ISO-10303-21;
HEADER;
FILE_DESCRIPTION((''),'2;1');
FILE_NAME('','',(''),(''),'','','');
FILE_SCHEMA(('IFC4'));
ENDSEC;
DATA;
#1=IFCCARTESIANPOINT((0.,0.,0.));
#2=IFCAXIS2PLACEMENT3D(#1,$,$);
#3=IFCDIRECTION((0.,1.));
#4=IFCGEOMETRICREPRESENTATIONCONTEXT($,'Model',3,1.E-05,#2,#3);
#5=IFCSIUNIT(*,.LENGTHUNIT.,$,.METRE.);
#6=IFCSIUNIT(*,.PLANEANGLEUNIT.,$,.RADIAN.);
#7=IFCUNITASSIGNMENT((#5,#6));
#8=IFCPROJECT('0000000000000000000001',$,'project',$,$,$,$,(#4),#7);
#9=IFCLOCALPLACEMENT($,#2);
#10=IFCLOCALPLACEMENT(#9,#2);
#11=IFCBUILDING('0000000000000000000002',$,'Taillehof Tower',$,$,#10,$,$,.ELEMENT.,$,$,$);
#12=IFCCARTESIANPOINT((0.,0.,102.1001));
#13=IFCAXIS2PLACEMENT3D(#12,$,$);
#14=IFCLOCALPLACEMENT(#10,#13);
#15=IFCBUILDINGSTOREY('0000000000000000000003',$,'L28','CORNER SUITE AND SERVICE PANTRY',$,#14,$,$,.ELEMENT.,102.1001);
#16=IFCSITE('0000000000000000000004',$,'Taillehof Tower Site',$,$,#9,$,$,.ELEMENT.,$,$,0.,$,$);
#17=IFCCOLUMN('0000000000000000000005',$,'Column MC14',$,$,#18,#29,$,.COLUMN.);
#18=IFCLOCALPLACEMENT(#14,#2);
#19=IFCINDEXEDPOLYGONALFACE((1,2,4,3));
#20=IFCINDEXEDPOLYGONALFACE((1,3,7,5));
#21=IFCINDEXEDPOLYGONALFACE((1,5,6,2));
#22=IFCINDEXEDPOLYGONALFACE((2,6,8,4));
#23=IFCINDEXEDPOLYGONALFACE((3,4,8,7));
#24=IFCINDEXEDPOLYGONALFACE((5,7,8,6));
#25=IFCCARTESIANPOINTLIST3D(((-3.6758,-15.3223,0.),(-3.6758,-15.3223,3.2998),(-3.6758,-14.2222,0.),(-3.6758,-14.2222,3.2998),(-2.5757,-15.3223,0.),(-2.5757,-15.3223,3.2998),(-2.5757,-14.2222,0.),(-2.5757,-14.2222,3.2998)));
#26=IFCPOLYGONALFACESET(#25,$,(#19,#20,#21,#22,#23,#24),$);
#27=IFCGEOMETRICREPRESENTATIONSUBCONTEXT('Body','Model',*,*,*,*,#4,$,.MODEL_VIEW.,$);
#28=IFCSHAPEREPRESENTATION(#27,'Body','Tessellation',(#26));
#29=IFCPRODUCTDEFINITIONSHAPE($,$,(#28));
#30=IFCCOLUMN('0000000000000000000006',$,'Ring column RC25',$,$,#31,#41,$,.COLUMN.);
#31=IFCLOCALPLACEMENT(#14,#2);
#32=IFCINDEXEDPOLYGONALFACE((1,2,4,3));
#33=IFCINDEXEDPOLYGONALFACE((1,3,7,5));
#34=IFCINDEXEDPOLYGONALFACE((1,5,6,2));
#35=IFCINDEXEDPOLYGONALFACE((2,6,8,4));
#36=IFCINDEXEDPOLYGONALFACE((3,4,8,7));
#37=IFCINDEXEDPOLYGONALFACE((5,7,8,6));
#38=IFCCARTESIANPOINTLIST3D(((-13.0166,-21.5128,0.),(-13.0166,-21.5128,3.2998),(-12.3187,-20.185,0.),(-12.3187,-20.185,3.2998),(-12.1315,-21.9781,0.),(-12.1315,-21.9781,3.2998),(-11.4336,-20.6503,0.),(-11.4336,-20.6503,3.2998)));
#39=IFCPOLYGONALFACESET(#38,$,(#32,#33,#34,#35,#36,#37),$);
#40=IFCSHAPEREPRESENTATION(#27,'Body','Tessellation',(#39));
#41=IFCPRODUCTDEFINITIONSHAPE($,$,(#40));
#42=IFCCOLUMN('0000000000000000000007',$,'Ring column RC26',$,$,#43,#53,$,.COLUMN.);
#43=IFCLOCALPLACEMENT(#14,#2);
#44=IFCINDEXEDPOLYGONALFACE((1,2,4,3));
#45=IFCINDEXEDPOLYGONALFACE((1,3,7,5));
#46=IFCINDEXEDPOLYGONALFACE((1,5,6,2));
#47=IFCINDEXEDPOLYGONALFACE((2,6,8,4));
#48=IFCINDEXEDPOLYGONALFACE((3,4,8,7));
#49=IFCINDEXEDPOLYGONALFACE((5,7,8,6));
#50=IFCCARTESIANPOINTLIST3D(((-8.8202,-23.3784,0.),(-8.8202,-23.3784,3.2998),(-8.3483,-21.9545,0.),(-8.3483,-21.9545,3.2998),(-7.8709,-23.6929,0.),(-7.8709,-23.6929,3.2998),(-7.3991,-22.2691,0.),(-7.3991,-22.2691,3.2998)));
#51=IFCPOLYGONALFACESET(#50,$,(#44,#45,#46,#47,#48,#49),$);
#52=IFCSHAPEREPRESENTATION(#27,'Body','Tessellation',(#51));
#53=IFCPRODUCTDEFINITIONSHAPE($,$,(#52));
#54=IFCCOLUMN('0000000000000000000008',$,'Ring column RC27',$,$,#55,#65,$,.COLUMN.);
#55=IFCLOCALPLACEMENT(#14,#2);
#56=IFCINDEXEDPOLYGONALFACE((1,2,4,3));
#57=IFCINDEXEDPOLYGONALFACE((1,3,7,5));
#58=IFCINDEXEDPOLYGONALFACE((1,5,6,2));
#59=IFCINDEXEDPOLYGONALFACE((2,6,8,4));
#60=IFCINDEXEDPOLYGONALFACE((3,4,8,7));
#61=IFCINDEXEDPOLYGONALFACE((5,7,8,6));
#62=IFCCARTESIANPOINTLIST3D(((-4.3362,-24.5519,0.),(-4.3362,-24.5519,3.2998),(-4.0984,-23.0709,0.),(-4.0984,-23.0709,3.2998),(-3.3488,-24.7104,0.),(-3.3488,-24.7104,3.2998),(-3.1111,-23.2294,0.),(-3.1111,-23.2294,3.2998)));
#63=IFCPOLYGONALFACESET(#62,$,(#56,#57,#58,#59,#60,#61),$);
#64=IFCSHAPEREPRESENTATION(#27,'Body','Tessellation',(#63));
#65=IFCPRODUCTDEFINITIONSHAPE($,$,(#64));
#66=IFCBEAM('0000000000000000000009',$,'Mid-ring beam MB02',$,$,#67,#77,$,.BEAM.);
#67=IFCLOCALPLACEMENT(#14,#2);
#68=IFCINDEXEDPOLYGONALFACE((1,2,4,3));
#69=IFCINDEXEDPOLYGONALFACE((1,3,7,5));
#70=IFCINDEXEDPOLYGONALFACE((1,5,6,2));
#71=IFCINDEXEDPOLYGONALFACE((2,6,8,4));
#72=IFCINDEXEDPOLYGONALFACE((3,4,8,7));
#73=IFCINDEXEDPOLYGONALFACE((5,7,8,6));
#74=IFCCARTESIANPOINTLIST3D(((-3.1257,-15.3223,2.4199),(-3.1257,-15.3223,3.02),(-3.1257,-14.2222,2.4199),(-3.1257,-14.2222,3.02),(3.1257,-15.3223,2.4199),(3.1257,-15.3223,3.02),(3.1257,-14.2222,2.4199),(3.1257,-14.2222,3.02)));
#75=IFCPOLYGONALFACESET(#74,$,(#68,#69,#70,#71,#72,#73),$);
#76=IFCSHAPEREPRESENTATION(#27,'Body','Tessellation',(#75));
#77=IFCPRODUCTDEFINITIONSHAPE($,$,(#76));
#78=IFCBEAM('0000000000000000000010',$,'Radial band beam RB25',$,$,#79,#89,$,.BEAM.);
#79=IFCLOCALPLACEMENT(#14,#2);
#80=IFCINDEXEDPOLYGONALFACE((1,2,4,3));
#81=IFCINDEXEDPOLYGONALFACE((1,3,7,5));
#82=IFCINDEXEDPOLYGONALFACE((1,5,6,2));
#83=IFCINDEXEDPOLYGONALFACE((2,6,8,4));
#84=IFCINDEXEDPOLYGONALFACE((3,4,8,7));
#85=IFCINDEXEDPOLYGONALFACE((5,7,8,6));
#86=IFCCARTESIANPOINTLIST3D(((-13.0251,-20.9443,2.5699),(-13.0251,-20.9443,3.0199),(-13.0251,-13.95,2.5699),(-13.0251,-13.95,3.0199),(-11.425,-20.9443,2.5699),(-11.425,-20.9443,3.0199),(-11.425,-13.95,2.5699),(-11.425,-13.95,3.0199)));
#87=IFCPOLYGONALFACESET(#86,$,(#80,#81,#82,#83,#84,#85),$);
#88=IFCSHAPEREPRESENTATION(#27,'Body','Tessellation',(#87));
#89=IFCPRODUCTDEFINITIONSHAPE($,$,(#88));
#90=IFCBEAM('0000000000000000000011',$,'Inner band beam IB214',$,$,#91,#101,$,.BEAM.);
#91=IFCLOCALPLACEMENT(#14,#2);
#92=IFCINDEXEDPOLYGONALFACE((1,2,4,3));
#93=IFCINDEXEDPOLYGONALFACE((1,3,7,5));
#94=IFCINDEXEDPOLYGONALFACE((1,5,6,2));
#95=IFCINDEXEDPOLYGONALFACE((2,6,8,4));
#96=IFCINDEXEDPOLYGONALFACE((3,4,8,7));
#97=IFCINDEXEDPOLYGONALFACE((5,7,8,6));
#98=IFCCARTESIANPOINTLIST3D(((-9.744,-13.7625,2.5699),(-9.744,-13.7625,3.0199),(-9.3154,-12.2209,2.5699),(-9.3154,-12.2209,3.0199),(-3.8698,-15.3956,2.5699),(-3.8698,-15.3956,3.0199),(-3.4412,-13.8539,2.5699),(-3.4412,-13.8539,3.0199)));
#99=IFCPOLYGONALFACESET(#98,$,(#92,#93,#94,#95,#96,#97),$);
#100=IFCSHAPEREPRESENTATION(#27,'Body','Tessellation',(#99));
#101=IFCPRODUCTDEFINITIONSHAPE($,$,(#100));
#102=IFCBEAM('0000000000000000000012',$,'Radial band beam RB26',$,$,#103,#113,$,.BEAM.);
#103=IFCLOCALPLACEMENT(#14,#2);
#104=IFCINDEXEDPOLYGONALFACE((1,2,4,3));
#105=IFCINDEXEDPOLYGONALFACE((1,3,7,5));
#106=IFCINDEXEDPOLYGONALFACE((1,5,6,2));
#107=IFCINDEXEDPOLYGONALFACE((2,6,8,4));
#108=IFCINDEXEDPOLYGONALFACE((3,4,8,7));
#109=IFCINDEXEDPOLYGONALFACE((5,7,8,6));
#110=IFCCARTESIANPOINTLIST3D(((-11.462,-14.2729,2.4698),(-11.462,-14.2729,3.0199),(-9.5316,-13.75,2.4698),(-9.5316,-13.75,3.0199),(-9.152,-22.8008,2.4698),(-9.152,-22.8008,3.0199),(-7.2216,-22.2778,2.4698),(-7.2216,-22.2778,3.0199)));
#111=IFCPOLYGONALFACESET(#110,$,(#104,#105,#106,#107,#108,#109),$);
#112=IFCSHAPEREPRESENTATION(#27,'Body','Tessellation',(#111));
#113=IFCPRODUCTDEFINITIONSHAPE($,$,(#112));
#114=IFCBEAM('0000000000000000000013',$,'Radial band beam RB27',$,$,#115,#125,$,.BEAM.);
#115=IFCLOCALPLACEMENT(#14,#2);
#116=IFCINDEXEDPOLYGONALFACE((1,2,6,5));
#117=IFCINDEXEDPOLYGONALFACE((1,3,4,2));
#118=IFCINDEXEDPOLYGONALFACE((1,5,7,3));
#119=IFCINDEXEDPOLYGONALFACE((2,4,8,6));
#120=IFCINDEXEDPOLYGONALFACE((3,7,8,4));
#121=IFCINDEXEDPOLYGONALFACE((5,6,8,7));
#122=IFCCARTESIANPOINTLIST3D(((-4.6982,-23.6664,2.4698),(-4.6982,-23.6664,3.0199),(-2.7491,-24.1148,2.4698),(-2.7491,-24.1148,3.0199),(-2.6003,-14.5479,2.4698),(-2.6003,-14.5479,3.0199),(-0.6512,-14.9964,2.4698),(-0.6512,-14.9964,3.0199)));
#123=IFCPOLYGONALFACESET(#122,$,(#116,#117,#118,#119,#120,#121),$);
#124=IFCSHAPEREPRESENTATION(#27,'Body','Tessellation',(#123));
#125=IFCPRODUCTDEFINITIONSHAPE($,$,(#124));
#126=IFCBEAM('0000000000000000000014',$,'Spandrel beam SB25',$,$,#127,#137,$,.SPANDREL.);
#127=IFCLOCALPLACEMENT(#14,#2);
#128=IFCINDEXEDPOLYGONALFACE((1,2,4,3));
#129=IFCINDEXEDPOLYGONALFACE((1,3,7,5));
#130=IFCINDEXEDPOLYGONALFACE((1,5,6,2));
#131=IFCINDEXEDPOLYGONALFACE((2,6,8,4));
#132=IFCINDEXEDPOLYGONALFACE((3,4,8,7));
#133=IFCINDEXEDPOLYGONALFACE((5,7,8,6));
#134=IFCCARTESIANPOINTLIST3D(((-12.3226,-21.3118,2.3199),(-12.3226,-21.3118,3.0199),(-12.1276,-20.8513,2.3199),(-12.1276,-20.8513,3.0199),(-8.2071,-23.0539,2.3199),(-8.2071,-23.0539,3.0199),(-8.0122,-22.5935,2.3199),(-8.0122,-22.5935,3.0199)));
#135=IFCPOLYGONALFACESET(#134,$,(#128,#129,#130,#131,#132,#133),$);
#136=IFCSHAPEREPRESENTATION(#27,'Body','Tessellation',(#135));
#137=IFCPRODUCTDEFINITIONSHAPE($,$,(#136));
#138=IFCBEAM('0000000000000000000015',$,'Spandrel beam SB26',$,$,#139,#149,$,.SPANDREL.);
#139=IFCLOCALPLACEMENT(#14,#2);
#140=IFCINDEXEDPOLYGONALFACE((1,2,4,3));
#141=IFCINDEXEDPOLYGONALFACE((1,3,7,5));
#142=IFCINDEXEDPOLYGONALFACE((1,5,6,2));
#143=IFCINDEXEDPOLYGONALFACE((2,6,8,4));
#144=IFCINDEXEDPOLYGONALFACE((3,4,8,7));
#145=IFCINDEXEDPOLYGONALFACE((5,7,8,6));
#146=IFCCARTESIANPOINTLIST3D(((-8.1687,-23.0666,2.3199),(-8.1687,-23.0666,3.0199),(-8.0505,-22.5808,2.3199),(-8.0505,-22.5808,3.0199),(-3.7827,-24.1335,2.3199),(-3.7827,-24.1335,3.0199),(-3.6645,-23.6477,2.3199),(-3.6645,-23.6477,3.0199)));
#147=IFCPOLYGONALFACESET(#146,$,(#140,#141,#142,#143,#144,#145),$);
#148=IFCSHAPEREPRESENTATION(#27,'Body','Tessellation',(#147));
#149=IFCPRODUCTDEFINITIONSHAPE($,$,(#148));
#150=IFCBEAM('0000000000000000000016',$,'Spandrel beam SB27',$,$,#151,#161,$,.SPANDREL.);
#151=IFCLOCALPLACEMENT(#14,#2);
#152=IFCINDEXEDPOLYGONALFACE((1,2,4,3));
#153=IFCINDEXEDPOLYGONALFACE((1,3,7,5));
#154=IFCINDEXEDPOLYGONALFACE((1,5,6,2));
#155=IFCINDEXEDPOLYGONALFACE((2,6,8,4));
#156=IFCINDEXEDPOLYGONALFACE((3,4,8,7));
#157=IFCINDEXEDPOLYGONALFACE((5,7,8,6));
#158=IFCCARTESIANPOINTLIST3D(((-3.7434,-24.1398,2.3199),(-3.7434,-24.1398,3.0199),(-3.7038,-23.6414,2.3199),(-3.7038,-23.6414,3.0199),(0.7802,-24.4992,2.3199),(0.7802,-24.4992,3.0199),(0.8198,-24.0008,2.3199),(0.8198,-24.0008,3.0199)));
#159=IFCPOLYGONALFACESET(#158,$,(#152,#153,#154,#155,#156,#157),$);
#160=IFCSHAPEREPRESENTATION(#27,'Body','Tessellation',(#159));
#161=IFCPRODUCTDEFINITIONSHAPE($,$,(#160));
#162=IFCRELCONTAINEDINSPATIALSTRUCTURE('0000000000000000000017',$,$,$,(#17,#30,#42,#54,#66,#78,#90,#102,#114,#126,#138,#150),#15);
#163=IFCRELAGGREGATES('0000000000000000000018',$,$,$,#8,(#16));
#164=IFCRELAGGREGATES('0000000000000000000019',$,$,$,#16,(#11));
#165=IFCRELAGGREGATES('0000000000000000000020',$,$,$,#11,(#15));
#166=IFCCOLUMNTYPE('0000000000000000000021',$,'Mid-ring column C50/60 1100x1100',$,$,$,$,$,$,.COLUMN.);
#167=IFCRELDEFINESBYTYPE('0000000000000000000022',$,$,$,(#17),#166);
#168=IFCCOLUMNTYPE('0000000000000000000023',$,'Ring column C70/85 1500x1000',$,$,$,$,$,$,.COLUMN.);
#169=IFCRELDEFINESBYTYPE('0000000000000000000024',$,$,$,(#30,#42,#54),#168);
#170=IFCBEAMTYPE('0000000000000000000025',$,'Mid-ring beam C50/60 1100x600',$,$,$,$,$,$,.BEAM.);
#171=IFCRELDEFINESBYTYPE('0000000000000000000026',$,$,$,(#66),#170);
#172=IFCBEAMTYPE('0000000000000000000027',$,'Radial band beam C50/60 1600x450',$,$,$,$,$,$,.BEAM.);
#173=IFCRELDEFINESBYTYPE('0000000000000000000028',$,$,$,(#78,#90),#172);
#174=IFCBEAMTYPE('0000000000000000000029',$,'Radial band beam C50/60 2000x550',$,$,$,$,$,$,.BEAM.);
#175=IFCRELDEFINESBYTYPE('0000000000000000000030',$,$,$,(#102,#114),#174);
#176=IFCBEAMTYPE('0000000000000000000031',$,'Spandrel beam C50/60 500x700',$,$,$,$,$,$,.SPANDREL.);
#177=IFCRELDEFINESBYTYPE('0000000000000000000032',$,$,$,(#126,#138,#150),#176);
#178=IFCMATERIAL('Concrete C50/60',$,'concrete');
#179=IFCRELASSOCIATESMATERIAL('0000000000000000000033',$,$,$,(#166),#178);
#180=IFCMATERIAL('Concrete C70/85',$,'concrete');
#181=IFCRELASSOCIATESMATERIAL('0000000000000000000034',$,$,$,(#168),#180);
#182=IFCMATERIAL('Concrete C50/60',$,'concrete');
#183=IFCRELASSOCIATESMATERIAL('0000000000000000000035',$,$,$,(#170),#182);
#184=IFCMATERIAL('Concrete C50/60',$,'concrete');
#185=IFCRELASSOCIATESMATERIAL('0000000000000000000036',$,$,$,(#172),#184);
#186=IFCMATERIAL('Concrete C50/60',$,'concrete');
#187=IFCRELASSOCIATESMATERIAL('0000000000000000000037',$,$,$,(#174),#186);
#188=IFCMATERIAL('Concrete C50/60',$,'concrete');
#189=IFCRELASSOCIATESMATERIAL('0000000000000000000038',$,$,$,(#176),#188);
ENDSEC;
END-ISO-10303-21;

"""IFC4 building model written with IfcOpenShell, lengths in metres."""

from ifc_helpers import new_model, si_unit, direction, frame, origin, origin_2d, place, context, subcontext, project, spatial, rectangle, extrude, material, material_profile, profile_set, type_object, element, save


model = new_model("IFC4")

# Units and contexts
model_context = context("Model", 3, precision=1e-05, world=origin(), true_north=direction((0.0, 1.0)))
body_context = subcontext(model_context, "Body", "Model", "MODEL_VIEW")
ifc_project = project(units=[si_unit("LENGTHUNIT", "METRE"), si_unit("PLANEANGLEUNIT", "RADIAN")], contexts=[model_context])

# Site, building, storey
site_placement = place(None, origin())
site = spatial("IfcSite", under=ifc_project, at=site_placement, Name="Taillehof Tower Site", CompositionType="ELEMENT", RefElevation=0.0)
building_placement = place(site_placement, origin())
building = spatial("IfcBuilding", under=site, at=building_placement, Name="Taillehof Tower", CompositionType="ELEMENT")
storey_placement = place(building_placement, frame((0.0, 0.0, 102.1001)))
storey = spatial("IfcBuildingStorey", under=building, at=storey_placement, Name="L28", Description="CORNER SUITE AND SERVICE PANTRY", CompositionType="ELEMENT", Elevation=102.1001)

# Columns
ifc_material_1 = material(Name="Concrete C50/60", Category="concrete")
ifc_material_profile_1 = material_profile(ifc_material_1, rectangle(XDim=1.1001, YDim=1.1001, at=origin_2d()), Name="RC 1100x1100")
ifc_profile_set_1 = profile_set([ifc_material_profile_1], Name="Concrete C50/60")
column_type_1 = type_object("IfcColumnType", Name="Mid-ring column C50/60 1100x1100", PredefinedType="COLUMN", material=ifc_profile_set_1)
column_placement = place(storey_placement, frame((-3.1257, -14.7722, 0.0), z_axis=(0.0, 0.0, 1.0), x_axis=(1.0, 0.0, 0.0)))
element("IfcColumn", 1, at=column_placement, inside=storey, type_object=column_type_1, Name="Column MC14", PredefinedType="COLUMN", context=body_context, shape_type="SweptSolid", body=[
    extrude(rectangle(XDim=1.1001, YDim=1.1001, at=origin_2d()), origin(), (0.0, 0.0, 1.0), 3.2998),
])
ifc_material_2 = material(Name="Concrete C70/85", Category="concrete")
ifc_material_profile_2 = material_profile(ifc_material_2, rectangle(XDim=1.5, YDim=1.0, at=origin_2d()), Name="RC 1500x1000")
ifc_profile_set_2 = profile_set([ifc_material_profile_2], Name="Concrete C70/85")
column_type_2 = type_object("IfcColumnType", Name="Ring column C70/85 1500x1000", PredefinedType="COLUMN", material=ifc_profile_set_2)
for number, where, z_axis, x_axis, name in (
    (2, (-12.2251, -21.0815, 0.0), (0.0, 0.0, 1.0), (-0.465283, -0.885162, 0.0), "Ring column RC25"),
    (3, (-8.1096, -22.8237, 0.0), (0.0, 0.0, 1.0), (-0.314555, -0.949239, 0.0), "Ring column RC26"),
    (4, (-3.7236, -23.8906, 0.0), (0.0, 0.0, 1.0), (-0.158507, -0.987358, 0.0), "Ring column RC27"),
):
    element("IfcColumn", number, at=place(storey_placement, frame(where, z_axis=z_axis, x_axis=x_axis)), inside=storey, type_object=column_type_2, Name=name, PredefinedType="COLUMN", context=body_context, shape_type="SweptSolid", body=[
        extrude(rectangle(XDim=1.5, YDim=1.0, at=origin_2d()), origin(), (0.0, 0.0, 1.0), 3.2998),
    ])

# Beams
ifc_material_3 = material(Name="Concrete C50/60", Category="concrete")
ifc_material_profile_3 = material_profile(ifc_material_3, rectangle(XDim=1.1001, YDim=0.6001, at=origin_2d()), Name="RC 1100x600")
ifc_profile_set_3 = profile_set([ifc_material_profile_3], Name="Concrete C50/60")
beam_type_1 = type_object("IfcBeamType", Name="Mid-ring beam C50/60 1100x600", PredefinedType="BEAM", material=ifc_profile_set_3)
beam_1_placement = place(storey_placement, frame((-3.1257, -14.7722, 2.72), z_axis=(1.0, 0.0, 0.0), x_axis=(0.0, 1.0, 0.0)))
element("IfcBeam", 5, at=beam_1_placement, inside=storey, type_object=beam_type_1, Name="Mid-ring beam MB02", PredefinedType="BEAM", context=body_context, shape_type="SweptSolid", body=[
    extrude(rectangle(XDim=1.1001, YDim=0.6001, at=origin_2d()), origin(), (0.0, 0.0, 1.0), 6.2515),
])
ifc_material_4 = material(Name="Concrete C50/60", Category="concrete")
ifc_material_profile_4 = material_profile(ifc_material_4, rectangle(XDim=1.6001, YDim=0.45, at=origin_2d()), Name="RC 1600x450")
ifc_profile_set_4 = profile_set([ifc_material_profile_4], Name="Concrete C50/60")
beam_type_2 = type_object("IfcBeamType", Name="Radial band beam C50/60 1600x450", PredefinedType="BEAM", material=ifc_profile_set_4)
beam_2_placement = place(storey_placement, frame((-12.2251, -20.9443, 2.7949), z_axis=(0.0, 1.0, 0.0), x_axis=(-1.0, 0.0, 0.0)))
element("IfcBeam", 6, at=beam_2_placement, inside=storey, type_object=beam_type_2, Name="Radial band beam RB25", PredefinedType="BEAM", context=body_context, shape_type="SweptSolid", body=[
    extrude(rectangle(XDim=1.6001, YDim=0.45, at=origin_2d()), origin(), (0.0, 0.0, 1.0), 6.9944),
])
beam_3_placement = place(storey_placement, frame((-3.6555, -14.6248, 2.7949), z_axis=(-0.963459, 0.267855, 0.0), x_axis=(-0.267855, -0.963459, 0.0)))
element("IfcBeam", 7, at=beam_3_placement, inside=storey, type_object=beam_type_2, Name="Inner band beam IB214", PredefinedType="BEAM", context=body_context, shape_type="SweptSolid", body=[
    extrude(rectangle(XDim=1.6001, YDim=0.45, at=origin_2d()), origin(), (0.0, 0.0, 1.0), 6.0969),
])
ifc_material_5 = material(Name="Concrete C50/60", Category="concrete")
ifc_material_profile_5 = material_profile(ifc_material_5, rectangle(XDim=2.0, YDim=0.55, at=origin_2d()), Name="RC 2000x550")
ifc_profile_set_5 = profile_set([ifc_material_profile_5], Name="Concrete C50/60")
beam_type_3 = type_object("IfcBeamType", Name="Radial band beam C50/60 2000x550", PredefinedType="BEAM", material=ifc_profile_set_5)
beam_4_placement = place(storey_placement, frame((-8.1868, -22.5393, 2.7449), z_axis=(-0.261462, 0.965214, 0.0), x_axis=(-0.965214, -0.261462, 0.0)))
element("IfcBeam", 8, at=beam_4_placement, inside=storey, type_object=beam_type_3, Name="Radial band beam RB26", PredefinedType="BEAM", context=body_context, shape_type="SweptSolid", body=[
    extrude(rectangle(XDim=2.0, YDim=0.55, at=origin_2d()), origin(), (0.0, 0.0, 1.0), 8.8352),
])
beam_5_placement = place(storey_placement, frame((-3.7236, -23.8906, 2.7449), z_axis=(0.224215, 0.97454, 0.0), x_axis=(-0.97454, 0.224215, 0.0)))
element("IfcBeam", 9, at=beam_5_placement, inside=storey, type_object=beam_type_3, Name="Radial band beam RB27", PredefinedType="BEAM", context=body_context, shape_type="SweptSolid", body=[
    extrude(rectangle(XDim=2.0, YDim=0.55, at=origin_2d()), origin(), (0.0, 0.0, 1.0), 9.3567),
])
ifc_material_6 = material(Name="Concrete C50/60", Category="concrete")
ifc_material_profile_6 = material_profile(ifc_material_6, rectangle(XDim=0.5, YDim=0.7, at=origin_2d()), Name="RC 500x700")
ifc_profile_set_6 = profile_set([ifc_material_profile_6], Name="Concrete C50/60")
beam_type_4 = type_object("IfcBeamType", Name="Spandrel beam C50/60 500x700", PredefinedType="SPANDREL", material=ifc_profile_set_6)
beam_6_placement = place(storey_placement, frame((-12.2251, -21.0815, 2.6699), z_axis=(0.920885, -0.389834, 0.0), x_axis=(0.389834, 0.920885, 0.0)))
element("IfcBeam", 10, at=beam_6_placement, inside=storey, type_object=beam_type_4, Name="Spandrel beam SB25", PredefinedType="SPANDREL", context=body_context, shape_type="SweptSolid", body=[
    extrude(rectangle(XDim=0.5, YDim=0.7, at=origin_2d()), origin(), (0.0, 0.0, 1.0), 4.469),
])
beam_7_placement = place(storey_placement, frame((-8.1096, -22.8237, 2.6699), z_axis=(0.971666, -0.236358, 0.0), x_axis=(0.236358, 0.971666, 0.0)))
element("IfcBeam", 11, at=beam_7_placement, inside=storey, type_object=beam_type_4, Name="Spandrel beam SB26", PredefinedType="SPANDREL", context=body_context, shape_type="SweptSolid", body=[
    extrude(rectangle(XDim=0.5, YDim=0.7, at=origin_2d()), origin(), (0.0, 0.0, 1.0), 4.5139),
])
beam_8_placement = place(storey_placement, frame((-3.7236, -23.8906, 2.6699), z_axis=(0.996859, -0.079194, 0.0), x_axis=(0.079194, 0.996859, 0.0)))
element("IfcBeam", 12, at=beam_8_placement, inside=storey, type_object=beam_type_4, Name="Spandrel beam SB27", PredefinedType="SPANDREL", context=body_context, shape_type="SweptSolid", body=[
    extrude(rectangle(XDim=0.5, YDim=0.7, at=origin_2d()), origin(), (0.0, 0.0, 1.0), 4.5378),
])

save(model, "model.ifc")
